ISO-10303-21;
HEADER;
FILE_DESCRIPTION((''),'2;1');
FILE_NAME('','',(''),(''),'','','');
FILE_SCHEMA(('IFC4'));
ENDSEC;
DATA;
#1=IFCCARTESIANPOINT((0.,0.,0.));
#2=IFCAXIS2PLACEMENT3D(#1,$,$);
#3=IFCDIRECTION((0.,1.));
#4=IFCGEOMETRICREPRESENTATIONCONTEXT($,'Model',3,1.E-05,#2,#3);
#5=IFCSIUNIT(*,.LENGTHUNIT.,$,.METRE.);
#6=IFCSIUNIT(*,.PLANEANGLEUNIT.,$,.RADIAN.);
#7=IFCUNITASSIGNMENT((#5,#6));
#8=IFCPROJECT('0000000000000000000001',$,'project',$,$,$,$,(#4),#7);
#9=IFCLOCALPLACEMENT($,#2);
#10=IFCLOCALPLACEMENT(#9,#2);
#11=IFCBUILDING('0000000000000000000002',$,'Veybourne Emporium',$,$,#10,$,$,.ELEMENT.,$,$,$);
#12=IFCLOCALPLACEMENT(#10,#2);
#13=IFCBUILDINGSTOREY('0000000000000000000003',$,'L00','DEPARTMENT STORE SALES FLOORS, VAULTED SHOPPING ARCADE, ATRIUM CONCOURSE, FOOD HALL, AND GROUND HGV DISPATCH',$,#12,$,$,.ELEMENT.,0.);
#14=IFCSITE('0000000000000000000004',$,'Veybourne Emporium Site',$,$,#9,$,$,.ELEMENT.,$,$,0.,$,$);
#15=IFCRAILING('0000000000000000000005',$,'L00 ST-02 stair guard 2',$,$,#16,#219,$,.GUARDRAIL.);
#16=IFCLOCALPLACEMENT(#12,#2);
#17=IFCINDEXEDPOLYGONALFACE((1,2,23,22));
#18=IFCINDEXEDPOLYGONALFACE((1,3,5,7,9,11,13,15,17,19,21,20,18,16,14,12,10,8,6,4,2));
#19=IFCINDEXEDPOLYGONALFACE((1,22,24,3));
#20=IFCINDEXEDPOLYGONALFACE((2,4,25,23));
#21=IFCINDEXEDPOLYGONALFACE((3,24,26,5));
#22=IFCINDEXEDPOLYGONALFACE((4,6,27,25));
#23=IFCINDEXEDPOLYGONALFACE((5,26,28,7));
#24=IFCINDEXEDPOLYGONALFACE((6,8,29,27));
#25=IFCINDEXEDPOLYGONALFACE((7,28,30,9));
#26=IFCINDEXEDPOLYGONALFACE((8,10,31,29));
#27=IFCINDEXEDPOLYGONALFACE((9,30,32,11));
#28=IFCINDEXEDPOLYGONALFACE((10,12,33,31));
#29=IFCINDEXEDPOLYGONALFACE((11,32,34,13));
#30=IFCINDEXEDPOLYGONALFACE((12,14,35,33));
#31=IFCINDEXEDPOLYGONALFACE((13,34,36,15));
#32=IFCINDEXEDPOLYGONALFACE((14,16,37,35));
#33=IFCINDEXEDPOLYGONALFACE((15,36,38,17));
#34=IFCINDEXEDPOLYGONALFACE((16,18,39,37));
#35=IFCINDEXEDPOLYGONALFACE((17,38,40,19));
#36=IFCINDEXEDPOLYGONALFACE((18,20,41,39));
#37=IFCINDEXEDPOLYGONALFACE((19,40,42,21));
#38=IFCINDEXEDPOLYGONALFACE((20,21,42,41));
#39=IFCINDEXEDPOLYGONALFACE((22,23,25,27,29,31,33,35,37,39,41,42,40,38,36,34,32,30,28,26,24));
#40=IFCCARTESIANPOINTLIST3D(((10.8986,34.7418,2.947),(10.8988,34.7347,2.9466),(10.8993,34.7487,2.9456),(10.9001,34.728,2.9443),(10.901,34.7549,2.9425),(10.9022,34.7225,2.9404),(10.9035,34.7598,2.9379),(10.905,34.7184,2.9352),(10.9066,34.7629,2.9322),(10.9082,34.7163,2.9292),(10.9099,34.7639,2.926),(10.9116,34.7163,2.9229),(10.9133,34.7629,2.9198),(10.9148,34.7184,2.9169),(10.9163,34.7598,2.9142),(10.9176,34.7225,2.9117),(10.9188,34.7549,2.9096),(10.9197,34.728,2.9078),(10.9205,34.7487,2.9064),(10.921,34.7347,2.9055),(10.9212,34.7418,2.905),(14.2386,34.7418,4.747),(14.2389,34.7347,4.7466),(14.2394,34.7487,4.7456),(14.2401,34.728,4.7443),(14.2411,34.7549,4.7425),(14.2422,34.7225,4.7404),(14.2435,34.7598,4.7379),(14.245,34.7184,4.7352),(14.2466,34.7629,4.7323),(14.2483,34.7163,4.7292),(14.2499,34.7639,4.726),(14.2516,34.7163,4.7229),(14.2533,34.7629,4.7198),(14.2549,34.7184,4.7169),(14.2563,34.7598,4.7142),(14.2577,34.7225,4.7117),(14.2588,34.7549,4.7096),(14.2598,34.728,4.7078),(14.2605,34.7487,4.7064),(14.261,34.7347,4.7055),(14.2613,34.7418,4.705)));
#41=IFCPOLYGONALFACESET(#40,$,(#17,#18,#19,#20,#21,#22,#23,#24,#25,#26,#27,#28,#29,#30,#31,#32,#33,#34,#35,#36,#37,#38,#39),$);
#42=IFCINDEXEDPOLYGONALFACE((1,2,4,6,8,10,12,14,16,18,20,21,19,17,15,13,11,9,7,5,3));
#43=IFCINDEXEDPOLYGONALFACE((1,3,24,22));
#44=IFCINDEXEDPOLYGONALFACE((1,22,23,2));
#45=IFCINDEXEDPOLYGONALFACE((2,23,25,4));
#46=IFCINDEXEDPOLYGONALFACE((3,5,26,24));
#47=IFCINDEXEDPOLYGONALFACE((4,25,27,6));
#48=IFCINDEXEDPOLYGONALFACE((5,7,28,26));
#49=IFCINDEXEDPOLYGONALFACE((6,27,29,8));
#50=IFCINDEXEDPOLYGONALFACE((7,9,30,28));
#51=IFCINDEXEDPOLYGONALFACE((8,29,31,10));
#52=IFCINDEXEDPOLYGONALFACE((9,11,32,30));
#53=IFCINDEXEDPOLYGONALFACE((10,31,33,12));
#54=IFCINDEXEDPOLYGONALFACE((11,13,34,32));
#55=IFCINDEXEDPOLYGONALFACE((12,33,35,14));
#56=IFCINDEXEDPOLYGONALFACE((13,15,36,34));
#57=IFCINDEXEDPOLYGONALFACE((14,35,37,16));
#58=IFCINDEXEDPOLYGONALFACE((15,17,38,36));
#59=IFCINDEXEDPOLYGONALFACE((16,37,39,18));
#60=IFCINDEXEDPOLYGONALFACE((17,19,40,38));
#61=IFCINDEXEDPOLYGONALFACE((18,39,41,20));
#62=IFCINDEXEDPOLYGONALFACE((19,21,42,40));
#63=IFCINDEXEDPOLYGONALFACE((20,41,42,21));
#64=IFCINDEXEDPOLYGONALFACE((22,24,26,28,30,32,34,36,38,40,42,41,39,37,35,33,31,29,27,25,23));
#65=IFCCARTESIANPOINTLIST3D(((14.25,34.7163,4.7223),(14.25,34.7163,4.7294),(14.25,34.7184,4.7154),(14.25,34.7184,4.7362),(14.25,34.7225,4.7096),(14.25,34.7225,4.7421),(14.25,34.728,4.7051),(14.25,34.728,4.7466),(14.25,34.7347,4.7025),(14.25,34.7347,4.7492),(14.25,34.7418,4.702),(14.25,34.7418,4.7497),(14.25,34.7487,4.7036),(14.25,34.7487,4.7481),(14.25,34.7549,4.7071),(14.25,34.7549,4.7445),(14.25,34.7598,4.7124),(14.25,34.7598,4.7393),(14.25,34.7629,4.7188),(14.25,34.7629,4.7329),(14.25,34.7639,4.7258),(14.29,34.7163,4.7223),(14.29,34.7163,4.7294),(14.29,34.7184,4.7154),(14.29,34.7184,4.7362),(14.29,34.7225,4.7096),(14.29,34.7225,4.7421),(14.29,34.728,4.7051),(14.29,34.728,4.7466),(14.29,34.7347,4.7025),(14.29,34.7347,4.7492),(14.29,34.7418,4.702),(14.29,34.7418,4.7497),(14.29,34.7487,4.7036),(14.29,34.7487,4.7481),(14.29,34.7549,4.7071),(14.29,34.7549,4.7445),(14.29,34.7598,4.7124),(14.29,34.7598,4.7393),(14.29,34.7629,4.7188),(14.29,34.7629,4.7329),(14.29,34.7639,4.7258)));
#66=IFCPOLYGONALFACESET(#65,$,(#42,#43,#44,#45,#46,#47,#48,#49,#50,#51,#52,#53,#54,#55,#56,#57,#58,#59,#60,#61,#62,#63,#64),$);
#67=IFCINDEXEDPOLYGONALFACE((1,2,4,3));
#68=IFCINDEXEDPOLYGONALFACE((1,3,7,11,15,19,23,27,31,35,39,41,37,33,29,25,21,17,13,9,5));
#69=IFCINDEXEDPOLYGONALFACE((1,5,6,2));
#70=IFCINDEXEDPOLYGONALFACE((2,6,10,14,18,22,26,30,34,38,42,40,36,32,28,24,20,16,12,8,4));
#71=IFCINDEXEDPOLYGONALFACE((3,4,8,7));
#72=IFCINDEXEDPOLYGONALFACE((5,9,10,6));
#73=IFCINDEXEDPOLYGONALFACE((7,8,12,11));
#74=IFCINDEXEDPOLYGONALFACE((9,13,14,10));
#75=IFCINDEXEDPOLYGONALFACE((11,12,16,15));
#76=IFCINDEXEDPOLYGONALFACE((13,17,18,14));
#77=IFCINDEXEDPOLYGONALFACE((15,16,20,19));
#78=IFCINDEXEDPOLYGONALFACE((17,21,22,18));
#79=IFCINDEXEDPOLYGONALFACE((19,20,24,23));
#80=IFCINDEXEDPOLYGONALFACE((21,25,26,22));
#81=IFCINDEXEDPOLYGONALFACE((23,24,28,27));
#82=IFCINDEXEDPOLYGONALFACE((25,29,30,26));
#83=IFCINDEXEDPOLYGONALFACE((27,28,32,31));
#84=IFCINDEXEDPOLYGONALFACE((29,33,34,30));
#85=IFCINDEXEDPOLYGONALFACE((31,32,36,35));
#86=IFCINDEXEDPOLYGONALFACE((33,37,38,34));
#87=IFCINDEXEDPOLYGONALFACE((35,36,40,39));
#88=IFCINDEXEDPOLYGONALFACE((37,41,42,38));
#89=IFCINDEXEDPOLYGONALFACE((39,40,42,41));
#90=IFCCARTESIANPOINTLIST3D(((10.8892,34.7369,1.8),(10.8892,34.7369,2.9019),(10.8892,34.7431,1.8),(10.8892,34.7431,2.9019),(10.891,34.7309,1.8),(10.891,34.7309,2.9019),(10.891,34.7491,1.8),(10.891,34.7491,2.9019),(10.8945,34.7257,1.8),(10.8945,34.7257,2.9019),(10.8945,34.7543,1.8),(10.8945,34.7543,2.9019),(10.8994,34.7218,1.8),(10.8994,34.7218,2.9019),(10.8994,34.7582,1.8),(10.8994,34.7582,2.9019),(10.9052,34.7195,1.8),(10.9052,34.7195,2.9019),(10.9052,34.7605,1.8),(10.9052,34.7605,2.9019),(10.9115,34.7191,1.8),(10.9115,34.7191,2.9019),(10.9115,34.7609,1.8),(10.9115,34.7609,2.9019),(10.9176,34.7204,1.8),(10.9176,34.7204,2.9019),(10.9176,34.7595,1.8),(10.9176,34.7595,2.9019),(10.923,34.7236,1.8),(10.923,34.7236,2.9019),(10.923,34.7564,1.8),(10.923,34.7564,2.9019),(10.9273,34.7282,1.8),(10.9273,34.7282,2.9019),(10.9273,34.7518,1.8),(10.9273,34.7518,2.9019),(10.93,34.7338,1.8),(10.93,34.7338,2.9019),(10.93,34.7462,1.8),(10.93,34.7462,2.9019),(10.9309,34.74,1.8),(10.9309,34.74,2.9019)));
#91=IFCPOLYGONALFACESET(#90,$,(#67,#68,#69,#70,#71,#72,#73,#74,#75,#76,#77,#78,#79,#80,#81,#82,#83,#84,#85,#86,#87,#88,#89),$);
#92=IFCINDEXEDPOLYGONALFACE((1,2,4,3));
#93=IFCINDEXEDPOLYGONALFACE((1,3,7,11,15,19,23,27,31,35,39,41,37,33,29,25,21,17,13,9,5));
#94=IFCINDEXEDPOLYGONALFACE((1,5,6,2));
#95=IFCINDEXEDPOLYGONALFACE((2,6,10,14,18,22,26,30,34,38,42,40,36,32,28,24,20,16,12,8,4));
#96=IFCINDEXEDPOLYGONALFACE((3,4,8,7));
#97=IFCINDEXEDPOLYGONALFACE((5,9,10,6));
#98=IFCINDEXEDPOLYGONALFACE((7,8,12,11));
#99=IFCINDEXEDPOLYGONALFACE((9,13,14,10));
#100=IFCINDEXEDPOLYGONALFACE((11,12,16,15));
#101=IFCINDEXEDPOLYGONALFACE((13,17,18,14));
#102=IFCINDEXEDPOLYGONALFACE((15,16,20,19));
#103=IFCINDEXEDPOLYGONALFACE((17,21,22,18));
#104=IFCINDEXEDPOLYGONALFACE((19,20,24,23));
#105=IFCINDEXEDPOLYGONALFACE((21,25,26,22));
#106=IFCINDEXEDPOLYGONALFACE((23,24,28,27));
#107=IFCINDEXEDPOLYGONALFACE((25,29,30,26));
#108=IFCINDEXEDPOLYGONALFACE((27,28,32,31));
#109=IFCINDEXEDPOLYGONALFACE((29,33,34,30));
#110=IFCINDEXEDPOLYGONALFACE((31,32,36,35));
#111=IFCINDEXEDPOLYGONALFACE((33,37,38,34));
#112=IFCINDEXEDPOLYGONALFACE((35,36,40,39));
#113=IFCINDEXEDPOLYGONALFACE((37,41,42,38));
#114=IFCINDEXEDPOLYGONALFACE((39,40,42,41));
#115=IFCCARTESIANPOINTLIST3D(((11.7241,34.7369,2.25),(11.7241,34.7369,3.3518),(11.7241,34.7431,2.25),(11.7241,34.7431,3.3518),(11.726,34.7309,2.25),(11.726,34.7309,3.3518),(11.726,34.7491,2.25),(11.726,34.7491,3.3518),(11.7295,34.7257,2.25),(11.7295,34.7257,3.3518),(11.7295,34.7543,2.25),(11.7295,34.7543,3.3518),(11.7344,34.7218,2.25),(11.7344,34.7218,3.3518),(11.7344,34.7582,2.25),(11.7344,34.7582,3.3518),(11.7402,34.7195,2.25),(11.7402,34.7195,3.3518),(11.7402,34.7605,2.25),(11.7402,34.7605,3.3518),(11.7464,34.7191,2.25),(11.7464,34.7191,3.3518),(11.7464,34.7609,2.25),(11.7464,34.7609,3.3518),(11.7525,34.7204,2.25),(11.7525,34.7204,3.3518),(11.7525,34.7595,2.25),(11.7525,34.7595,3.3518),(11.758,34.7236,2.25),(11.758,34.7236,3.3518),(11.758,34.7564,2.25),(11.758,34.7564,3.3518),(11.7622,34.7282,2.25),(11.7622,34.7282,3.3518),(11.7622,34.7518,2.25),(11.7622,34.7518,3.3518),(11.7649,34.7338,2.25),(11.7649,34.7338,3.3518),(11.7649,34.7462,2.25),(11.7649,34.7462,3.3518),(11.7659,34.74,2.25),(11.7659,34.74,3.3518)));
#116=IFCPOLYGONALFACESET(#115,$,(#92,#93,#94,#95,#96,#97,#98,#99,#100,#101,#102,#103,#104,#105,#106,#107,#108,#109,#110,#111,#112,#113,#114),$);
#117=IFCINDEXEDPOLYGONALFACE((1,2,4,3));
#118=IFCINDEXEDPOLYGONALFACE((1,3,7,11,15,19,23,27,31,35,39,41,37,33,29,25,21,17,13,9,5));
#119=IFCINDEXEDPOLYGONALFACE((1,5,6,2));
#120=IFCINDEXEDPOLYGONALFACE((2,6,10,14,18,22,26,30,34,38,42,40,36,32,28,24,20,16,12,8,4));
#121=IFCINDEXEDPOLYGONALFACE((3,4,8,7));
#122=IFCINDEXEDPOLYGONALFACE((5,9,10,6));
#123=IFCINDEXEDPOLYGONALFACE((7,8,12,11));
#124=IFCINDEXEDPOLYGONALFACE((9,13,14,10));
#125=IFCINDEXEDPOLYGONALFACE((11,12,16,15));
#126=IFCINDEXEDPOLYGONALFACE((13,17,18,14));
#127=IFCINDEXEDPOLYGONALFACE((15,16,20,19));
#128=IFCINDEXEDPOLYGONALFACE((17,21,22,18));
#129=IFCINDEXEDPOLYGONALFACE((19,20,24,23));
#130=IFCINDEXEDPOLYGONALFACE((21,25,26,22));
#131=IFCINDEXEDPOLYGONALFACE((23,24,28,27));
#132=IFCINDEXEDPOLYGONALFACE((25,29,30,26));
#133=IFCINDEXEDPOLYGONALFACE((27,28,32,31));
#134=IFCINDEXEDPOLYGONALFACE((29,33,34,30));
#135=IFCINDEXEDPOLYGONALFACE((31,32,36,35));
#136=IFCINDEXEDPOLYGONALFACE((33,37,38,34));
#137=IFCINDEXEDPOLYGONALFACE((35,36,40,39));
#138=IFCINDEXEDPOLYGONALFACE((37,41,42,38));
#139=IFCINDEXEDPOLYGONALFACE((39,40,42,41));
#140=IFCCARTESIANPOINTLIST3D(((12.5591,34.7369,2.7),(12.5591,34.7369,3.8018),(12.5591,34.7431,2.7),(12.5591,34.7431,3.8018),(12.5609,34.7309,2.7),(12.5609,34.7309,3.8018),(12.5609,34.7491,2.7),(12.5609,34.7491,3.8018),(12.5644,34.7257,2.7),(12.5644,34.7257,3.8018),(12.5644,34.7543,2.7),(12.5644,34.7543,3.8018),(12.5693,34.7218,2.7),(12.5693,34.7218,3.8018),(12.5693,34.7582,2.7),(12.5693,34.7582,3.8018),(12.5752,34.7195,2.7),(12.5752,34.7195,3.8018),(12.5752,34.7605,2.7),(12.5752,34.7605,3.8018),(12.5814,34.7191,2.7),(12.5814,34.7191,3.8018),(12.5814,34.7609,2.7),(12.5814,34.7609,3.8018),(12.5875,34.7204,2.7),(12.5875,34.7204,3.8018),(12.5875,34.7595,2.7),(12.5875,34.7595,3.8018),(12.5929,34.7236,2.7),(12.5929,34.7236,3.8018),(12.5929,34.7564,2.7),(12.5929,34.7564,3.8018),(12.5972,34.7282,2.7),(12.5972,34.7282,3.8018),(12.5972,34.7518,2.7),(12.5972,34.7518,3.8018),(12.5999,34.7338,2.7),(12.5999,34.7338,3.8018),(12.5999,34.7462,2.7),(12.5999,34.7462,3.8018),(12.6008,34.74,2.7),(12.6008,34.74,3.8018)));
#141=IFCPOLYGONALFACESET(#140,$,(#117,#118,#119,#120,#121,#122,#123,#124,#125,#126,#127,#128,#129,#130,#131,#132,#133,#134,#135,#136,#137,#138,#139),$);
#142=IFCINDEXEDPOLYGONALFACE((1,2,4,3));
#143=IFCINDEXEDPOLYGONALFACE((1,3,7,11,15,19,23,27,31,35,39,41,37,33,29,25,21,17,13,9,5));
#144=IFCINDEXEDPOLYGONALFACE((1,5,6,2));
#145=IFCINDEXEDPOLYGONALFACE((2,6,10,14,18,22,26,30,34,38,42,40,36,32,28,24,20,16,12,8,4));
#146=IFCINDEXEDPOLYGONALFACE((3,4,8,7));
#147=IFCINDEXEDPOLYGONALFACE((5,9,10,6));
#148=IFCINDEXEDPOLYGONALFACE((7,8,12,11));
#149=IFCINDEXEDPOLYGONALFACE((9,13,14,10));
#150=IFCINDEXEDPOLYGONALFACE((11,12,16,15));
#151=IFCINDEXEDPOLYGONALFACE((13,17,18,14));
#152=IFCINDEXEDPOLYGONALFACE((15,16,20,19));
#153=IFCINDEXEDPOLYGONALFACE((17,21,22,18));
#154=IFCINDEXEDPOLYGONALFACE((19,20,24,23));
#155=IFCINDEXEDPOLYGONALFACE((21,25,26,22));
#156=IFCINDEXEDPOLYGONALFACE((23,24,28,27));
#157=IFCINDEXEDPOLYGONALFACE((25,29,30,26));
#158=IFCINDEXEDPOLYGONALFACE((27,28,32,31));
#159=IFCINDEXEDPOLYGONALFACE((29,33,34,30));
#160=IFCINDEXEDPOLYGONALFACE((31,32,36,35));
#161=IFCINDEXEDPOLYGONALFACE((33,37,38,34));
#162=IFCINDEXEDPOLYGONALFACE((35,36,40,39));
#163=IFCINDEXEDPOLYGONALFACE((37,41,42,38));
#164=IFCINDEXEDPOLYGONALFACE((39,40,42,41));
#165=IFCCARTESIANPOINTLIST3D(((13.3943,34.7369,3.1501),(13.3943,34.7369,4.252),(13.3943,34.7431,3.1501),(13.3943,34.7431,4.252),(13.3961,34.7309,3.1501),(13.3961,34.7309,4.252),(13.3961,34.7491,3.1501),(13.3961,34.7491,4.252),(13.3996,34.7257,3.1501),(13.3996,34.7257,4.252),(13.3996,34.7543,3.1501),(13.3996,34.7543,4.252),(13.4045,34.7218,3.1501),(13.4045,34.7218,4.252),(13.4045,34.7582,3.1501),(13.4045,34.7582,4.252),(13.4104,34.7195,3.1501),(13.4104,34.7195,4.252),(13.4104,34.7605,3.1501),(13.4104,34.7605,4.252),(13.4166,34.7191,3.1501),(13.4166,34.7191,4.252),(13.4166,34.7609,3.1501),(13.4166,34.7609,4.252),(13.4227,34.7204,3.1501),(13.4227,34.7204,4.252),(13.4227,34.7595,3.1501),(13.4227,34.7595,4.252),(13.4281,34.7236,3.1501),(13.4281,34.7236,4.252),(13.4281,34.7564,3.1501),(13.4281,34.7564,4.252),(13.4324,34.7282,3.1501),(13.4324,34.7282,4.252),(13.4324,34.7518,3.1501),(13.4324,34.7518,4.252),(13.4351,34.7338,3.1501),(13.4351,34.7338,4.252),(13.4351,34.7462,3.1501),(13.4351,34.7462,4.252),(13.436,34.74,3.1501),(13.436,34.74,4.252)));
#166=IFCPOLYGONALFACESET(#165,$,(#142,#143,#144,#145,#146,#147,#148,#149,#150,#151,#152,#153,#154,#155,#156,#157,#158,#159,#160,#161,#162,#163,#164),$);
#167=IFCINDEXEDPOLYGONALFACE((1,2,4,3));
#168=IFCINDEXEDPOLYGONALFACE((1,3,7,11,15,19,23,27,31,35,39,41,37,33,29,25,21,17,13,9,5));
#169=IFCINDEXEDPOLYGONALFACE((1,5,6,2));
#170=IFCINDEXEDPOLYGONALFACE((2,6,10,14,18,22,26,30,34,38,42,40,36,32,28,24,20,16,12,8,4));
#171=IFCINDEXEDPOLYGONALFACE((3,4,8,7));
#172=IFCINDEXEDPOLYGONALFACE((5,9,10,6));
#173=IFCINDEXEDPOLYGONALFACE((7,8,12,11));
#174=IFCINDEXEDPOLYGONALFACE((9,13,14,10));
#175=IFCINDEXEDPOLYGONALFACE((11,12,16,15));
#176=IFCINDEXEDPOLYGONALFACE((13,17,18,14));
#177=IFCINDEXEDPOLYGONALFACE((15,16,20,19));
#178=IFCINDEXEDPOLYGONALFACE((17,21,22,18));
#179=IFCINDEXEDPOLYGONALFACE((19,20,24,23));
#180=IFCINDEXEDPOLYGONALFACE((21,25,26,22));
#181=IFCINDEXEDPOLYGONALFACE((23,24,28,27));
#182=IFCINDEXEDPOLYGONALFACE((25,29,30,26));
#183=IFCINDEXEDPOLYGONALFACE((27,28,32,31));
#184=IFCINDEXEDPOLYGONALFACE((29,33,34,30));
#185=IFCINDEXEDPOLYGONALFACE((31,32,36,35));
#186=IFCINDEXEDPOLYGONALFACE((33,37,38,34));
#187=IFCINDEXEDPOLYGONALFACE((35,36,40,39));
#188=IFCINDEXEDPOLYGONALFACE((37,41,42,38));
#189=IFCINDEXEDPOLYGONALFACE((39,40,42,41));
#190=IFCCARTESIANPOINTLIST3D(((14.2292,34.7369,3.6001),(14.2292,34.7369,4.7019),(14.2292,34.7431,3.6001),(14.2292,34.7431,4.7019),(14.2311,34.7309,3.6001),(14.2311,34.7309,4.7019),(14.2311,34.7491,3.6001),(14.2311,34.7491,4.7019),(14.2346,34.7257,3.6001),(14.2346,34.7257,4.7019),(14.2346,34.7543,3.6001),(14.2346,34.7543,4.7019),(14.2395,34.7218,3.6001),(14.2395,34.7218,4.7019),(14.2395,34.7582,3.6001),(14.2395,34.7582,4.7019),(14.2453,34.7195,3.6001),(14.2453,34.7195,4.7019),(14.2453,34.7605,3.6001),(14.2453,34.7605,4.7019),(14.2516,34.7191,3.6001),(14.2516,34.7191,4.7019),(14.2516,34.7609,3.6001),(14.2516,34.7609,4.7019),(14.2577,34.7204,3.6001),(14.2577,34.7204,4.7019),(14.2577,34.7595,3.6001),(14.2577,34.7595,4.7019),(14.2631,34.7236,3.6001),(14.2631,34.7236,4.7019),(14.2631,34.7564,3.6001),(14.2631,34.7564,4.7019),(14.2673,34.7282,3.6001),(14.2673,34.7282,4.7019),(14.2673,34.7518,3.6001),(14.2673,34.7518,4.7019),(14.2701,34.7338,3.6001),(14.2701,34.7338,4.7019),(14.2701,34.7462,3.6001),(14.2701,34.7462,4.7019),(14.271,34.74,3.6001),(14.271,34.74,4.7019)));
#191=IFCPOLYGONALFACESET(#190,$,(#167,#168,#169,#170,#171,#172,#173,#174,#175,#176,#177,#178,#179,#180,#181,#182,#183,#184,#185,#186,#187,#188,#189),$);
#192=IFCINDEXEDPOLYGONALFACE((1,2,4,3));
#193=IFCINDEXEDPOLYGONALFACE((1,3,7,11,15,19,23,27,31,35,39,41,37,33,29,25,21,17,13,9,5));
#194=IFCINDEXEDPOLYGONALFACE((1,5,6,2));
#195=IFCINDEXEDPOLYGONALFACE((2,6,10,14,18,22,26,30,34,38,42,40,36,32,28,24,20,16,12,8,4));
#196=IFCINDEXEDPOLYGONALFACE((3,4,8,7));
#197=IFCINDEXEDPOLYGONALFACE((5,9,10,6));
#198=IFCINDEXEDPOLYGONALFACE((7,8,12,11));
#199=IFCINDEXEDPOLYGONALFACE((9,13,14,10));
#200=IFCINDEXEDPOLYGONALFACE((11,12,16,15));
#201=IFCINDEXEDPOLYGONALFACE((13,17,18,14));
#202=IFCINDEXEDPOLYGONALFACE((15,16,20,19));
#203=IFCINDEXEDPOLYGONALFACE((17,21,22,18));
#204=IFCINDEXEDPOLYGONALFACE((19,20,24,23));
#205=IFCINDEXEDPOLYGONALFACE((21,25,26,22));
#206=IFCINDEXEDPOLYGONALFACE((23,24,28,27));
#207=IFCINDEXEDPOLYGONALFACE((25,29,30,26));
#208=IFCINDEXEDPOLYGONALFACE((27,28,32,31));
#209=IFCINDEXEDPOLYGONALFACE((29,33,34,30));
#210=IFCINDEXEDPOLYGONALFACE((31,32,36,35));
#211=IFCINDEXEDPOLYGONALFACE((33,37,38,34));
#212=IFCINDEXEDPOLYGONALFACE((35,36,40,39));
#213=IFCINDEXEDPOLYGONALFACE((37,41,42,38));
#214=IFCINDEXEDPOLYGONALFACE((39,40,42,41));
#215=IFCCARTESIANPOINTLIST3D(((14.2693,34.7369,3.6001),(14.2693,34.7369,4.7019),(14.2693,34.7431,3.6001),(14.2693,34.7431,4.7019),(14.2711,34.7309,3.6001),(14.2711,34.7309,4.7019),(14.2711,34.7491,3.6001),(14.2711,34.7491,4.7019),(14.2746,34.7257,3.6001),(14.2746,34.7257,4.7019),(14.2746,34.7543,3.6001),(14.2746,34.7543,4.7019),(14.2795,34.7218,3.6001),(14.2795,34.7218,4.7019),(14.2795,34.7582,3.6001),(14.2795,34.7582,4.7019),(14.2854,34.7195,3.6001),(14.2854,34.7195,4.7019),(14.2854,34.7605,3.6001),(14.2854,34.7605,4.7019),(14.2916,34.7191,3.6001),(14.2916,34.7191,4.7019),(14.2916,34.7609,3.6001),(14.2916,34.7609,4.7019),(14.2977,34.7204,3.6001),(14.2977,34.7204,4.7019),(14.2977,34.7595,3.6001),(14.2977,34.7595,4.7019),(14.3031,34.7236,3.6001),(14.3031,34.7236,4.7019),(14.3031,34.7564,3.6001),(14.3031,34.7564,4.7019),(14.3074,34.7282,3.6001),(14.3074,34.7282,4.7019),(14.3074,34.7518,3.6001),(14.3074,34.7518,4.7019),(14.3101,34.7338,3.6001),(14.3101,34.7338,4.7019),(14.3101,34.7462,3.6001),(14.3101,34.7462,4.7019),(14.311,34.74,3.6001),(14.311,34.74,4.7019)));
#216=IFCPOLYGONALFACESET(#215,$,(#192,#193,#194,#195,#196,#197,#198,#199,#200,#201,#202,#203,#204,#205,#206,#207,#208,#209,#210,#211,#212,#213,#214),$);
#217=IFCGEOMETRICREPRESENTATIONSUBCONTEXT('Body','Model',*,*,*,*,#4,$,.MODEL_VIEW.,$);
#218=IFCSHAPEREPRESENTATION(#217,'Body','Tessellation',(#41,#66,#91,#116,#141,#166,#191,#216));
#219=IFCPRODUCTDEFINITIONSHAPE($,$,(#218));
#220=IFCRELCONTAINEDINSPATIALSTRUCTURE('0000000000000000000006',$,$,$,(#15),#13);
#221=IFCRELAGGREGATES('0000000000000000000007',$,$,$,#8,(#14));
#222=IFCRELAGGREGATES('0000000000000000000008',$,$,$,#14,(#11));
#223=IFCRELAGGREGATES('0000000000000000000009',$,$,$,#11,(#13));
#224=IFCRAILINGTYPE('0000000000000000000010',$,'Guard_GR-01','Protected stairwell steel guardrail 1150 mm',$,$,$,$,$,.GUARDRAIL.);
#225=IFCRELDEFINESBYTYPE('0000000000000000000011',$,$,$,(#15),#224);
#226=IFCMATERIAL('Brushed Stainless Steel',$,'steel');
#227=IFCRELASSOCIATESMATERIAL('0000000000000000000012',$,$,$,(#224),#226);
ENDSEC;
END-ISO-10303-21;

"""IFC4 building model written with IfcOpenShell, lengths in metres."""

from ifc_helpers import new_model, si_unit, direction, frame, origin, origin_2d, place, context, subcontext, project, spatial, circle, extrude, material, type_object, element, save


model = new_model("IFC4")

# Units and contexts
model_context = context("Model", 3, precision=1e-05, world=origin(), true_north=direction((0.0, 1.0)))
body_context = subcontext(model_context, "Body", "Model", "MODEL_VIEW")
ifc_project = project(units=[si_unit("LENGTHUNIT", "METRE"), si_unit("PLANEANGLEUNIT", "RADIAN")], contexts=[model_context])

# Site, building, storey
site_placement = place(None, origin())
site = spatial("IfcSite", under=ifc_project, at=site_placement, Name="Veybourne Emporium Site", CompositionType="ELEMENT", RefElevation=0.0)
building_placement = place(site_placement, origin())
building = spatial("IfcBuilding", under=site, at=building_placement, Name="Veybourne Emporium", CompositionType="ELEMENT")
storey_placement = place(building_placement, origin())
storey = spatial("IfcBuildingStorey", under=building, at=storey_placement, Name="L00", Description="DEPARTMENT STORE SALES FLOORS, VAULTED SHOPPING ARCADE, ATRIUM CONCOURSE, FOOD HALL, AND GROUND HGV DISPATCH", CompositionType="ELEMENT", Elevation=0.0)

# Railing
ifc_material_1 = material(Name="Brushed Stainless Steel", Category="steel")
railing_type_1 = type_object("IfcRailingType", Name="Guard_GR-01", Description="Protected stairwell steel guardrail 1150 mm", PredefinedType="GUARDRAIL", material=ifc_material_1)
railing_1_placement = place(storey_placement, frame((10.9099, 34.74, 1.8)))
element("IfcRailing", 1, at=railing_1_placement, inside=storey, type_object=railing_type_1, Name="L00 ST-02 stair guard 2", PredefinedType="GUARDRAIL", context=body_context, shape_type="SweptSolid", body=[
    extrude(circle(Radius=0.0239, at=origin_2d()), frame((0.0, 0.0, 1.126), z_axis=(0.880302, 0.0, 0.474414), x_axis=(0.0, 1.0, 0.0)), (0.0, 0.0, 1.0), 3.7942),
    extrude(circle(Radius=0.0239, at=origin_2d()), frame((3.3401, 0.0, 2.9258), z_axis=(1.0, 0.0, 0.0), x_axis=(0.0, 1.0, 0.0)), (0.0, 0.0, 1.0), 0.04),
    extrude(circle(Radius=0.021, at=origin_2d()), origin(), (0.0, 0.0, 1.0), 1.1018),
    extrude(circle(Radius=0.021, at=origin_2d()), frame((0.835, 0.0, 0.45)), (0.0, 0.0, 1.0), 1.1018),
    extrude(circle(Radius=0.021, at=origin_2d()), frame((1.6699, 0.0, 0.8999)), (0.0, 0.0, 1.0), 1.1018),
    extrude(circle(Radius=0.021, at=origin_2d()), frame((2.5051, 0.0, 1.3501)), (0.0, 0.0, 1.0), 1.1018),
    extrude(circle(Radius=0.021, at=origin_2d()), frame((3.3401, 0.0, 1.8)), (0.0, 0.0, 1.0), 1.1018),
    extrude(circle(Radius=0.021, at=origin_2d()), frame((3.3801, 0.0, 1.8)), (0.0, 0.0, 1.0), 1.1018),
])

save(model, "model.ifc")
